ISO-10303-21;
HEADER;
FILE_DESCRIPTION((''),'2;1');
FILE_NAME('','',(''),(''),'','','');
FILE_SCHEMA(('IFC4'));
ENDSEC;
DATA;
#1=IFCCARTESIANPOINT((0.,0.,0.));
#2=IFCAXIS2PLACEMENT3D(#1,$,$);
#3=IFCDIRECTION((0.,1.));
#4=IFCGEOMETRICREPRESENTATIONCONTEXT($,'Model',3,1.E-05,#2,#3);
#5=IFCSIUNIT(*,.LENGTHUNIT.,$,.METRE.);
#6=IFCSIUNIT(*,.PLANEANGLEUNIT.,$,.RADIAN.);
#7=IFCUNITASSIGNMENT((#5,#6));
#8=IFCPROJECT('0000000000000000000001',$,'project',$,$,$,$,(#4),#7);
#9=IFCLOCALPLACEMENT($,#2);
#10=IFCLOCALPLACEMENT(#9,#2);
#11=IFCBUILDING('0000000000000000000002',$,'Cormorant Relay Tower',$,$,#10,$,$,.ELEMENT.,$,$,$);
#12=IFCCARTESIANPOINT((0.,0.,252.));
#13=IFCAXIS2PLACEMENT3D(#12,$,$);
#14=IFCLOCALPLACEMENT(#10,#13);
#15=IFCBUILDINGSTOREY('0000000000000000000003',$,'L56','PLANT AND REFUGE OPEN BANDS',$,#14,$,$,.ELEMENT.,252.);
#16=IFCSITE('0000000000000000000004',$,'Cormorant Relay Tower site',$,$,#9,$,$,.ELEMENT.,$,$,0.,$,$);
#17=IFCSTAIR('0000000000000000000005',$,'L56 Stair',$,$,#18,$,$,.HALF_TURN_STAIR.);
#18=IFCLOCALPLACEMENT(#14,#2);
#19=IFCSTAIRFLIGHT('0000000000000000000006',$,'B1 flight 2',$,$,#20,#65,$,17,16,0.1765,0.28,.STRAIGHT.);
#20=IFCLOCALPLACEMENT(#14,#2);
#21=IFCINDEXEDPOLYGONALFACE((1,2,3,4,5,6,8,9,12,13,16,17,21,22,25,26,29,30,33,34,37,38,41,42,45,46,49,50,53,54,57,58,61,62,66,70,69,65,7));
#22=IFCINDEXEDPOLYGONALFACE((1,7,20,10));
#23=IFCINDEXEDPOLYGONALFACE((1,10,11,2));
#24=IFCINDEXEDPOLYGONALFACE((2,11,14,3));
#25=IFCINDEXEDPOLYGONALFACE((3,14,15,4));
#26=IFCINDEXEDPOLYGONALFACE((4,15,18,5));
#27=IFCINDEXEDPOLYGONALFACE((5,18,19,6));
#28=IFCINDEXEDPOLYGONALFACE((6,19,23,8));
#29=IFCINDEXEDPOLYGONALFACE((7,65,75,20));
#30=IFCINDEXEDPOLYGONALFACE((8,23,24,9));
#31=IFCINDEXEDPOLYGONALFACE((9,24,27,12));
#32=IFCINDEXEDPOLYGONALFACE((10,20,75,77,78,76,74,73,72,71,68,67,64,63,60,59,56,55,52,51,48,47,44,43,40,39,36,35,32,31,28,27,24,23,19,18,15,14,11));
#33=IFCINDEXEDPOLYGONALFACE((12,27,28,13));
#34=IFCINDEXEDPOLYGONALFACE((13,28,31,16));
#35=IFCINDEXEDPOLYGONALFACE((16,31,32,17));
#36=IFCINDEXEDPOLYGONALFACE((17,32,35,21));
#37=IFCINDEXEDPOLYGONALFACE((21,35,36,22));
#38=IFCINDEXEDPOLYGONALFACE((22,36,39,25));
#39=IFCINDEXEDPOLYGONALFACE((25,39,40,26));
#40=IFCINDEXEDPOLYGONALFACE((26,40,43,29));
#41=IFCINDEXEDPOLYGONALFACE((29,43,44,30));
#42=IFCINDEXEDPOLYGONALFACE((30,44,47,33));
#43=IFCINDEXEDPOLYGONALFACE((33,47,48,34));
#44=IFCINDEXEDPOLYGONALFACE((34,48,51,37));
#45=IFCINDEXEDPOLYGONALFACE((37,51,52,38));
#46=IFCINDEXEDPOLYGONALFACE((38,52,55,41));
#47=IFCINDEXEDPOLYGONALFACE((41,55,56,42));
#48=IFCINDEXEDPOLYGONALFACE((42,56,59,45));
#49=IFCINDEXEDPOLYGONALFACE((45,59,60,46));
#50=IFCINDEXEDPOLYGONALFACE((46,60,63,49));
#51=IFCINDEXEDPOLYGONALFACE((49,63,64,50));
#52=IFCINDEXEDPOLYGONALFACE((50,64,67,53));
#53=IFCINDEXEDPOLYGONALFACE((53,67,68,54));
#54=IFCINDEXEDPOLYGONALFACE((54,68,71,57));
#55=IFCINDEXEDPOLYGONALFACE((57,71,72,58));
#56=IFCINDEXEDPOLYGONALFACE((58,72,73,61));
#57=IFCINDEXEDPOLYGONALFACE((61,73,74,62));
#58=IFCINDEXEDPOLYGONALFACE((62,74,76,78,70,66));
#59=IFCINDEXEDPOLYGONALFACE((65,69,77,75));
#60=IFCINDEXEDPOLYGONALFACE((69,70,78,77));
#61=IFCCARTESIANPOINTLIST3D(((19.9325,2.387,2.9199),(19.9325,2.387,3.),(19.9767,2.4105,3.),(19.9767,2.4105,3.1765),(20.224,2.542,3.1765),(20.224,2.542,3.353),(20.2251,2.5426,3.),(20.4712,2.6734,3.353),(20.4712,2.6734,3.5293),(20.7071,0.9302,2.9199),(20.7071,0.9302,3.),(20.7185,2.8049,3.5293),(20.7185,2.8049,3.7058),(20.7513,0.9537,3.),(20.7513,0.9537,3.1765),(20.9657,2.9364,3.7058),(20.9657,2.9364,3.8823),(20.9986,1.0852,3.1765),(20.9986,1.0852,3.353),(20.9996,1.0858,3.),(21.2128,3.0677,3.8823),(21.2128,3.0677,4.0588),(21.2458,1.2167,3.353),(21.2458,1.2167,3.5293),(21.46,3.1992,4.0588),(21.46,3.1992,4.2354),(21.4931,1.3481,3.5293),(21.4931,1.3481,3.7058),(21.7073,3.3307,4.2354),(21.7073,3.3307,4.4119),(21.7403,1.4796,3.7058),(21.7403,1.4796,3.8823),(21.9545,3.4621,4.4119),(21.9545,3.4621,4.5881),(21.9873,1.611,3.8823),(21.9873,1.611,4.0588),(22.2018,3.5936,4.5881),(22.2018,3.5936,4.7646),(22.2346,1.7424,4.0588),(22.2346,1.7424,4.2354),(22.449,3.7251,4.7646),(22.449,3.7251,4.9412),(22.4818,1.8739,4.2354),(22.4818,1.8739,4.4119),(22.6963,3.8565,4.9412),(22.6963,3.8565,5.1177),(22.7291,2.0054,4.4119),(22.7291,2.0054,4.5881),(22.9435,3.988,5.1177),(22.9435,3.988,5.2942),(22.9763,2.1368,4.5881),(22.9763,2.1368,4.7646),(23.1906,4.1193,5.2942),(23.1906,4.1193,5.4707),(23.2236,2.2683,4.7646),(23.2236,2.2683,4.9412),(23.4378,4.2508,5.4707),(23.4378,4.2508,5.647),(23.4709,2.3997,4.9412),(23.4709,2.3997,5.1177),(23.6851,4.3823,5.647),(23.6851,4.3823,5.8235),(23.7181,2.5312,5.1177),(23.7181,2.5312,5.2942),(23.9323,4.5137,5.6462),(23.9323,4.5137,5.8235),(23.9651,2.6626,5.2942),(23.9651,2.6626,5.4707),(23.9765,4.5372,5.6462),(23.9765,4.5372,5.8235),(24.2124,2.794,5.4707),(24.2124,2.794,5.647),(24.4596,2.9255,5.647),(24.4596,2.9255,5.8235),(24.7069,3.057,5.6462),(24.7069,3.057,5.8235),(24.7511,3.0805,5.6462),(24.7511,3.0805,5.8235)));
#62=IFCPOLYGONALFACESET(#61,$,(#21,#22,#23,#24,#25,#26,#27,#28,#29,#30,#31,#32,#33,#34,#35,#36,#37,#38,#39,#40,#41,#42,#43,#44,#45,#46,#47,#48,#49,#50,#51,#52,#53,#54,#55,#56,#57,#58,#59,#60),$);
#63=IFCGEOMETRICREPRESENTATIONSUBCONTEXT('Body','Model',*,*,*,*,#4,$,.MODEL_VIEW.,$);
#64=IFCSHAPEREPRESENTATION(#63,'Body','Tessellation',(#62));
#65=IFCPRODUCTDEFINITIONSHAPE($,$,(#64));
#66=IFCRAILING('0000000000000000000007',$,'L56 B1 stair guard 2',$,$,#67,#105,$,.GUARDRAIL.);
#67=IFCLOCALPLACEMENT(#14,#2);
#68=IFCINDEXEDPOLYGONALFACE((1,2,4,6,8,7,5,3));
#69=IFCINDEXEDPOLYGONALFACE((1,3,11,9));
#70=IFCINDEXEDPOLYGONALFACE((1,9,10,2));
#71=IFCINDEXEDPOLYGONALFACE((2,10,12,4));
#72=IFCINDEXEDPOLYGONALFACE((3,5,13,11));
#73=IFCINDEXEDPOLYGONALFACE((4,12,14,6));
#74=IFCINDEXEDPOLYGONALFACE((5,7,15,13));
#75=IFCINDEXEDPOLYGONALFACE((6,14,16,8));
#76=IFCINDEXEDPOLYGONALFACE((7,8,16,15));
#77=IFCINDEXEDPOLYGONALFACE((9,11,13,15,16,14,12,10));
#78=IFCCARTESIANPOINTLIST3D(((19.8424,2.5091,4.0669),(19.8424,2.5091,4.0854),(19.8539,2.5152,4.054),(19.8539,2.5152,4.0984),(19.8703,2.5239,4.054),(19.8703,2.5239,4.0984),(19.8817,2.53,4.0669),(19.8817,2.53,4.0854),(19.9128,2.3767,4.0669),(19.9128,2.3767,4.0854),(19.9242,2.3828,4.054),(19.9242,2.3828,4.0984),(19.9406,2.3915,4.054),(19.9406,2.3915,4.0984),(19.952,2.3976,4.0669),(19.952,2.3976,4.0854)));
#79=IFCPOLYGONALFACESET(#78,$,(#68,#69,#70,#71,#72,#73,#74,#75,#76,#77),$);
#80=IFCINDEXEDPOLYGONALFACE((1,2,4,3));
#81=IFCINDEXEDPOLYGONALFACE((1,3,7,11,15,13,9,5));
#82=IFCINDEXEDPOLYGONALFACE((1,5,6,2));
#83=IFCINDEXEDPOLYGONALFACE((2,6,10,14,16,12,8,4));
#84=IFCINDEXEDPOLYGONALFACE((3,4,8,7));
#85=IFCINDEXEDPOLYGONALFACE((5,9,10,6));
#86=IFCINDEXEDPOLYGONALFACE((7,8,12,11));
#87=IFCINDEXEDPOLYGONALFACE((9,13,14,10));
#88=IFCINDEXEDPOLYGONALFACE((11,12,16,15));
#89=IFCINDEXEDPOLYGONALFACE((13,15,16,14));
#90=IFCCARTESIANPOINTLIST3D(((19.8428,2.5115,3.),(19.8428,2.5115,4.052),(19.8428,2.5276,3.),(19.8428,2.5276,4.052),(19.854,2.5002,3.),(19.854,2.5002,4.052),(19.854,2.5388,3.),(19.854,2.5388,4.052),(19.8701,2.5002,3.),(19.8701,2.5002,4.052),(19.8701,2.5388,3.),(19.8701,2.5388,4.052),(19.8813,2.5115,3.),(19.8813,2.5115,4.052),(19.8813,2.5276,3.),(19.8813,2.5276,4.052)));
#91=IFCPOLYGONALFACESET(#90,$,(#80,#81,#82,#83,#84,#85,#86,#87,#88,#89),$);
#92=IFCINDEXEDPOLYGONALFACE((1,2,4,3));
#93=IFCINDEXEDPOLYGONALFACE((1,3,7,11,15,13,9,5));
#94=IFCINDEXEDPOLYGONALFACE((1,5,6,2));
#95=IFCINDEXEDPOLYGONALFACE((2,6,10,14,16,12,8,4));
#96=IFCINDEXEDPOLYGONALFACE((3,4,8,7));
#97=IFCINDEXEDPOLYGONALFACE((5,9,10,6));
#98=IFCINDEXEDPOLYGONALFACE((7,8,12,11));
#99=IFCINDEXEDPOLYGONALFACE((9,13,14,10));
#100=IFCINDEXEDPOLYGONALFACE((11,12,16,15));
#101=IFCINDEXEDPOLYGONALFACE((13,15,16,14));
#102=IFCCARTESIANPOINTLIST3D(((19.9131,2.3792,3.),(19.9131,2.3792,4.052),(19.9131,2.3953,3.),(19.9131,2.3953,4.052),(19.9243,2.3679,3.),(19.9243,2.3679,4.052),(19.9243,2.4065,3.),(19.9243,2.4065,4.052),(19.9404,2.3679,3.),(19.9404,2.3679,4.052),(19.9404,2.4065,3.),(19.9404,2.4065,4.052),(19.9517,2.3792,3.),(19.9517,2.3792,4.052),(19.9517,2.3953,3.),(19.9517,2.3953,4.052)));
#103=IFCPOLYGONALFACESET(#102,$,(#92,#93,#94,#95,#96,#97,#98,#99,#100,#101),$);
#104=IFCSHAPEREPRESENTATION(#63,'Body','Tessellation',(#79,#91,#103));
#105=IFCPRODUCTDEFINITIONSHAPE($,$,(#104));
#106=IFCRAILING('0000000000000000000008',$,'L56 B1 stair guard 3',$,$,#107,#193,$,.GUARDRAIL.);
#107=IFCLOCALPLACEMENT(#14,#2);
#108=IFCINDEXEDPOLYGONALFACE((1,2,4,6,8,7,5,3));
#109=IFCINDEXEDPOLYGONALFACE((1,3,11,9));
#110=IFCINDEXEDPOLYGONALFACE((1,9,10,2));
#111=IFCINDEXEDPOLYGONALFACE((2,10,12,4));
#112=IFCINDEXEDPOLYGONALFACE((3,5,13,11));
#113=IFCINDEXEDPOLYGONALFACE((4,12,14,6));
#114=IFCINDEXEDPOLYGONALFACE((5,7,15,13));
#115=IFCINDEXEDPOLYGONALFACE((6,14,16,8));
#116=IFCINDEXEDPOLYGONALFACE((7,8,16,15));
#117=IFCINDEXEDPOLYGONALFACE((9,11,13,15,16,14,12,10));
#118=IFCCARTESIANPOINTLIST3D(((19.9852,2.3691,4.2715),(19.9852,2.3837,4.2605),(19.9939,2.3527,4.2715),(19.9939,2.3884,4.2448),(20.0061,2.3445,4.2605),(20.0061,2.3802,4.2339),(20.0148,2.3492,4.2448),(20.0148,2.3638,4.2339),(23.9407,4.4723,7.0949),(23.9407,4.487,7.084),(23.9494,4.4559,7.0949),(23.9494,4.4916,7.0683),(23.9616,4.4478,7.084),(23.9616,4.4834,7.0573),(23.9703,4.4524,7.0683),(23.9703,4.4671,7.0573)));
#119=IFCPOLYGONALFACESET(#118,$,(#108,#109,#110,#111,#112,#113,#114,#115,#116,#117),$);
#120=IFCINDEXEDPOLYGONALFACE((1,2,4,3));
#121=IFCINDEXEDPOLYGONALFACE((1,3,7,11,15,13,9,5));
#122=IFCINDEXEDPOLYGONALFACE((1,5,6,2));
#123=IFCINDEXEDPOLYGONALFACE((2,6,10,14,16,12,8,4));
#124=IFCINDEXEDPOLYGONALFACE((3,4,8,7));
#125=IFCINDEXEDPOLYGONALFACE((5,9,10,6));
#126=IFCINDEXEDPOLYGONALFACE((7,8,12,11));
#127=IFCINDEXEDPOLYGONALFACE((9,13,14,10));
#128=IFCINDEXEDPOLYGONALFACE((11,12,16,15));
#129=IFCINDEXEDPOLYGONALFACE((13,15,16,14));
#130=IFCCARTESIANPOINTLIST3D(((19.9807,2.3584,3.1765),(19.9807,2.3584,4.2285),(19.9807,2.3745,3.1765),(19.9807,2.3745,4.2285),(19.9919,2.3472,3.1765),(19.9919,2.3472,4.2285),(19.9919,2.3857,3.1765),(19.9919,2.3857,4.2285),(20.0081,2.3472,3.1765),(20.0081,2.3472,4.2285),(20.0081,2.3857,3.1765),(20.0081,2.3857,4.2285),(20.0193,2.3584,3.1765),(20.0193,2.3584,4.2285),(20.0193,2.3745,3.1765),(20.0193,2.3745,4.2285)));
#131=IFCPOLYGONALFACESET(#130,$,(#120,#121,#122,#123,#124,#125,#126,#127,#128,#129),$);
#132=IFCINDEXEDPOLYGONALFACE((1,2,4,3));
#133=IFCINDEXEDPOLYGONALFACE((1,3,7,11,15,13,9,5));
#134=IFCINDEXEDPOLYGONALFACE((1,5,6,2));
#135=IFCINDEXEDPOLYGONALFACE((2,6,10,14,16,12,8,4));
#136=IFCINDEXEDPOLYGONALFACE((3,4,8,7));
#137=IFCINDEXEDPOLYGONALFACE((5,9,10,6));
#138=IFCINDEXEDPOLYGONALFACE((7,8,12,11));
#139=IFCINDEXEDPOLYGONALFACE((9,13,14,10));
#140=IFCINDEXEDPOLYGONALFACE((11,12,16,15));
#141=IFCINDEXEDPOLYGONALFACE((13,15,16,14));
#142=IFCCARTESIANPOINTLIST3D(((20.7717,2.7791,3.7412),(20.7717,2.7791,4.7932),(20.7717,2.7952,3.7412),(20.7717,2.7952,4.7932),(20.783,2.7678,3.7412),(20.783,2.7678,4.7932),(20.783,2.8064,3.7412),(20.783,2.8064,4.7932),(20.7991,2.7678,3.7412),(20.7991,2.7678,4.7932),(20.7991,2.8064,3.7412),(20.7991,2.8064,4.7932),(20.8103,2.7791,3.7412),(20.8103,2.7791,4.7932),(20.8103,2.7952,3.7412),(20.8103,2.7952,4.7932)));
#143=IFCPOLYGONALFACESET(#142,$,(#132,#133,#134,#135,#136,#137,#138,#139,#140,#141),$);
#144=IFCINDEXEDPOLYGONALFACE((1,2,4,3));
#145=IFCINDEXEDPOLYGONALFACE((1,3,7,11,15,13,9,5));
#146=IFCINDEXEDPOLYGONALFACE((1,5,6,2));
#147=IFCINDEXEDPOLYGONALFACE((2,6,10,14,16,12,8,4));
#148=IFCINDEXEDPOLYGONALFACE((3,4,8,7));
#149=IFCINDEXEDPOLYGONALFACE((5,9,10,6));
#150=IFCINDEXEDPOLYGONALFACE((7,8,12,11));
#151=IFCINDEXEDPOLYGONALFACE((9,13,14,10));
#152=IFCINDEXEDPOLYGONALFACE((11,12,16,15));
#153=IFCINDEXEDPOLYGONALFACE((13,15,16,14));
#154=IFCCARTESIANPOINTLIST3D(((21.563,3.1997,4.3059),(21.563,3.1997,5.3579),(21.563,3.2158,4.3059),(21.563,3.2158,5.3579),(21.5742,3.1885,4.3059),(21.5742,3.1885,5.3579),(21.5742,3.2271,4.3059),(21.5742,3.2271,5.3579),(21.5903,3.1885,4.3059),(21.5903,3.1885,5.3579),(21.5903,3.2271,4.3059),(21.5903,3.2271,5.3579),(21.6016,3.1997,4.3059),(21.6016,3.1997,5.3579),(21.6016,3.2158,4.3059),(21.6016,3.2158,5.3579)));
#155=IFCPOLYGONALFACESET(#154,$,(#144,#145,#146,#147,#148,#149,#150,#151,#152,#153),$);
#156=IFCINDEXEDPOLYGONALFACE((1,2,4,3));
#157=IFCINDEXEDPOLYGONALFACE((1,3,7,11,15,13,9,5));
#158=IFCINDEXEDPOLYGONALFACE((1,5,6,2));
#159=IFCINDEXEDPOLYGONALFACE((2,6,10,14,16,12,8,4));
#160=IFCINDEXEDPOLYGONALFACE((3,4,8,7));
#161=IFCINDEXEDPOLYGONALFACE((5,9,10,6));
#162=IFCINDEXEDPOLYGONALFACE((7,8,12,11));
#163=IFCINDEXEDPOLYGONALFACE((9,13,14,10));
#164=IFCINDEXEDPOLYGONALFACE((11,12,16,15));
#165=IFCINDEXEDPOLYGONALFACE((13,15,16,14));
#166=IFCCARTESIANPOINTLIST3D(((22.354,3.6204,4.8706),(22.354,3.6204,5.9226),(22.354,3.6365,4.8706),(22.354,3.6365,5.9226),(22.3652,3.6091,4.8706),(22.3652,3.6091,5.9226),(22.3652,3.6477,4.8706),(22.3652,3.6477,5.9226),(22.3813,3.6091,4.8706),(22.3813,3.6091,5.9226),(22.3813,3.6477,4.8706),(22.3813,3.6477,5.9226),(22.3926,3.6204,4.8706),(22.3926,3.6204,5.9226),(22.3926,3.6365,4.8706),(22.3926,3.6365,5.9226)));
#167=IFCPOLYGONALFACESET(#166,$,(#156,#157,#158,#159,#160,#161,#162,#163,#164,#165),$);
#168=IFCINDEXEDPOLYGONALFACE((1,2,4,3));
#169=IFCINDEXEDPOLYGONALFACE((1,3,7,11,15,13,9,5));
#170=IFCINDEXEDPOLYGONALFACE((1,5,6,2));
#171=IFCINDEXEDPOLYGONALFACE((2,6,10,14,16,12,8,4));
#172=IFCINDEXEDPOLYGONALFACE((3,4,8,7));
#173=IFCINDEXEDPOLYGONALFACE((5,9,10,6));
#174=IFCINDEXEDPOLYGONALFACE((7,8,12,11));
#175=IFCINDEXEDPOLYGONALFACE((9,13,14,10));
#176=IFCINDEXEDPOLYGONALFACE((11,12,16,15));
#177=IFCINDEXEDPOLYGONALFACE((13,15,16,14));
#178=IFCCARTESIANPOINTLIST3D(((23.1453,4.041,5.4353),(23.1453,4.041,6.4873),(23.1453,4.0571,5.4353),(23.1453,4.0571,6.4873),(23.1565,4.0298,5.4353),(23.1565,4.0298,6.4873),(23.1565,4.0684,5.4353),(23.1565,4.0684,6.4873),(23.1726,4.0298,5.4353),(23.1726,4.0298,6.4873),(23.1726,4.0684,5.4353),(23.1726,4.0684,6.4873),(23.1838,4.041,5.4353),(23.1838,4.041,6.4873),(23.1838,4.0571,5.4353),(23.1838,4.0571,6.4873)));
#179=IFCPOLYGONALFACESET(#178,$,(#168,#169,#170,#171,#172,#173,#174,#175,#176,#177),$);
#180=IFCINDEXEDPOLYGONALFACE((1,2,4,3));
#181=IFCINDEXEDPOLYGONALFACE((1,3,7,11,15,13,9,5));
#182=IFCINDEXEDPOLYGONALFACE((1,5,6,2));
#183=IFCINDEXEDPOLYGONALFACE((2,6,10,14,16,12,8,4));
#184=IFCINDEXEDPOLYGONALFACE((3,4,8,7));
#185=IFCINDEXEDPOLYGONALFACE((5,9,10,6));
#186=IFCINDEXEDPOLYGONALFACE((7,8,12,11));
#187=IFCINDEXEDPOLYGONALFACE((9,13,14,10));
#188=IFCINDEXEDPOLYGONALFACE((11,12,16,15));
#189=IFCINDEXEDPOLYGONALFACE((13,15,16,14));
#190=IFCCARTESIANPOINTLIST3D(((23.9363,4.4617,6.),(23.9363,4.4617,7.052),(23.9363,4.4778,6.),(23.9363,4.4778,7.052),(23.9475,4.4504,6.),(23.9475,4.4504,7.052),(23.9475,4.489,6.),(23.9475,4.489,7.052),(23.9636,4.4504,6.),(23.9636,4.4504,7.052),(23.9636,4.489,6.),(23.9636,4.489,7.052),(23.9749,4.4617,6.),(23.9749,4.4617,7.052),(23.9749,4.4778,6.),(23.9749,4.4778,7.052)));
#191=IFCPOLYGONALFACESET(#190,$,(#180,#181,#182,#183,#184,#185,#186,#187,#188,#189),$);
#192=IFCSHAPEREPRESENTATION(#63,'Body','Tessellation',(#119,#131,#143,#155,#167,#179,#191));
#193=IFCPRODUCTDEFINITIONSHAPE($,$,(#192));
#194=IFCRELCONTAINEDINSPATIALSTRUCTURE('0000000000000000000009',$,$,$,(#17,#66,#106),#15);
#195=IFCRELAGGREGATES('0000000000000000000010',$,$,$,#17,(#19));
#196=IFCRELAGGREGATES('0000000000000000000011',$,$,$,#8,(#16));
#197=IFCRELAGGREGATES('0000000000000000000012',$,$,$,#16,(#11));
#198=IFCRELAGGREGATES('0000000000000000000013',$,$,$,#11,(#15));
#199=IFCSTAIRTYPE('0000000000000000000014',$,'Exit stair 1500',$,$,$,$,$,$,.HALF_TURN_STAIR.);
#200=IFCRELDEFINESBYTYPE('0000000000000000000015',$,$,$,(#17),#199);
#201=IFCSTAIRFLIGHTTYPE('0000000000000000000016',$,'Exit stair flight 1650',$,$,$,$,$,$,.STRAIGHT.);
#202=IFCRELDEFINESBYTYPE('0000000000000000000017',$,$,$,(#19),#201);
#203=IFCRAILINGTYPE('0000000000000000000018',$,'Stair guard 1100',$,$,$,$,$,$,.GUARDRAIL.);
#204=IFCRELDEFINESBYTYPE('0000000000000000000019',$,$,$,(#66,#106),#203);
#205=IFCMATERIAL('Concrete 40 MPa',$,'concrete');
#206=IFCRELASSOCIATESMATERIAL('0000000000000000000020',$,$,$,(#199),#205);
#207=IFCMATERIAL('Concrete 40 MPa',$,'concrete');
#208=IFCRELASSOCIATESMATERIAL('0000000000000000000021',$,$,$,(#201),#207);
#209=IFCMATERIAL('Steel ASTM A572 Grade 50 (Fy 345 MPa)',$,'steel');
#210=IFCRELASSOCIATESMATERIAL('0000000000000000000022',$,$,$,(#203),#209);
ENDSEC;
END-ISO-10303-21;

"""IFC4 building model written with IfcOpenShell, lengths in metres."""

from ifc_helpers import new_model, si_unit, direction, frame, origin, place, context, subcontext, project, spatial, polyline, outline, extrude, material, type_object, element, aggregate, save


model = new_model("IFC4")

# Units and contexts
model_context = context("Model", 3, precision=1e-05, world=origin(), true_north=direction((0.0, 1.0)))
body_context = subcontext(model_context, "Body", "Model", "MODEL_VIEW")
ifc_project = project(units=[si_unit("LENGTHUNIT", "METRE"), si_unit("PLANEANGLEUNIT", "RADIAN")], contexts=[model_context])

# Site, building, storey
site_placement = place(None, origin())
site = spatial("IfcSite", under=ifc_project, at=site_placement, Name="Cormorant Relay Tower site", CompositionType="ELEMENT", RefElevation=0.0)
building_placement = place(site_placement, origin())
building = spatial("IfcBuilding", under=site, at=building_placement, Name="Cormorant Relay Tower", CompositionType="ELEMENT")
storey_placement = place(building_placement, frame((0.0, 0.0, 252.0)))
storey = spatial("IfcBuildingStorey", under=building, at=storey_placement, Name="L56", Description="PLANT AND REFUGE OPEN BANDS", CompositionType="ELEMENT", Elevation=252.0)

# Stair, stair flight
ifc_material_1 = material(Name="Concrete 40 MPa", Category="concrete")
stair_type_1 = type_object("IfcStairType", Name="Exit stair 1500", PredefinedType="HALF_TURN_STAIR", material=ifc_material_1)
stair_1_placement = place(storey_placement, origin())
stair_1 = element("IfcStair", 1, at=stair_1_placement, inside=storey, type_object=stair_type_1, Name="L56 Stair", PredefinedType="HALF_TURN_STAIR")
ifc_material_2 = material(Name="Concrete 40 MPa", Category="concrete")
stair_flight_type = type_object("IfcStairFlightType", Name="Exit stair flight 1650", PredefinedType="STRAIGHT", material=ifc_material_2)
stair_flight_placement = place(storey_placement, frame((20.364, 1.6821, 3.0), z_axis=(0.0, 0.0, 1.0), x_axis=(0.882948, 0.469472, 0.0)))
stair_flight = element("IfcStairFlight", 2, at=stair_flight_placement, type_object=stair_flight_type, Name="B1 flight 2", NumberOfRisers=17, NumberOfTreads=16, PredefinedType="STRAIGHT", RiserHeight=0.1765, TreadLength=0.28, context=body_context, shape_type="SweptSolid", body=[
    extrude(outline(polyline([(-0.05, -0.0801), (-0.05, 0.0), (0.0, 0.0), (0.0, 0.1765), (0.28, 0.1765), (0.28, 0.353), (0.5601, 0.353), (0.5601, 0.5293), (0.8401, 0.5293), (0.8401, 0.7058), (1.1201, 0.7058), (1.1201, 0.8823), (1.3999, 0.8823), (1.3999, 1.0588), (1.6799, 1.0588), (1.6799, 1.2354), (1.96, 1.2354), (1.96, 1.4119), (2.24, 1.4119), (2.24, 1.5881), (2.52, 1.5881), (2.52, 1.7646), (2.8, 1.7646), (2.8, 1.9412), (3.0801, 1.9412), (3.0801, 2.1177), (3.3601, 2.1177), (3.3601, 2.2942), (3.6399, 2.2942), (3.6399, 2.4707), (3.9199, 2.4707), (3.9199, 2.647), (4.2, 2.647), (4.2, 2.8235), (4.48, 2.8235), (4.53, 2.8235), (4.53, 2.6462), (4.48, 2.6462), (0.2812, 0.0), (-0.05, -0.0801)])), frame((0.0, 0.825, 0.0), z_axis=(0.0, -1.0, 0.0), x_axis=(1.0, 0.0, 0.0)), (0.0, 0.0, 1.0), 1.6499),
])
aggregate(stair_1, [stair_flight])

# Railings
ifc_material_3 = material(Name="Steel ASTM A572 Grade 50 (Fy 345 MPa)", Category="steel")
railing_type_1 = type_object("IfcRailingType", Name="Stair guard 1100", PredefinedType="GUARDRAIL", material=ifc_material_3)
railing_1_placement = place(storey_placement, frame((19.8621, 2.5195, 3.0)))
element("IfcRailing", 3, at=railing_1_placement, inside=storey, type_object=railing_type_1, Name="L56 B1 stair guard 2", PredefinedType="GUARDRAIL", context=body_context, shape_type="SweptSolid", body=[
    extrude(outline(polyline([(0.0222, 0.0093), (0.0093, 0.0222), (-0.0093, 0.0222), (-0.0222, 0.0093), (-0.0222, -0.0093), (-0.0093, -0.0222), (0.0093, -0.0222), (0.0222, -0.0093), (0.0222, 0.0093)])), frame((0.0, 0.0, 1.0762), z_axis=(0.469235, -0.883074, 0.0), x_axis=(0.883074, 0.469235, 0.0)), (0.0, 0.0, 1.0), 0.1499),
    extrude(outline(polyline([(0.0193, 0.0081), (0.0081, 0.0193), (-0.0081, 0.0193), (-0.0193, 0.0081), (-0.0193, -0.0081), (-0.0081, -0.0193), (0.0081, -0.0193), (0.0193, -0.0081), (0.0193, 0.0081)])), origin(), (0.0, 0.0, 1.0), 1.052),
    extrude(outline(polyline([(0.0193, 0.0081), (0.0081, 0.0193), (-0.0081, 0.0193), (-0.0193, 0.0081), (-0.0193, -0.0081), (-0.0081, -0.0193), (0.0081, -0.0193), (0.0193, -0.0081), (0.0193, 0.0081)])), frame((0.0703, -0.1323, 0.0)), (0.0, 0.0, 1.0), 1.052),
])
railing_2_placement = place(storey_placement, frame((20.0, 2.3665, 3.1765)))
element("IfcRailing", 4, at=railing_2_placement, inside=storey, type_object=railing_type_1, Name="L56 B1 stair guard 3", PredefinedType="GUARDRAIL", context=body_context, shape_type="SweptSolid", body=[
    extrude(outline(polyline([(0.0222, 0.0093), (0.0093, 0.0222), (-0.0093, 0.0222), (-0.0222, 0.0093), (-0.0222, -0.0093), (-0.0093, -0.0222), (0.0093, -0.0222), (0.0222, -0.0093), (0.0222, 0.0093)])), frame((0.0, 0.0, 1.0762), z_axis=(0.746967, 0.397181, 0.533186), x_axis=(-0.469482, 0.882942, 0.0)), (0.0, 0.0, 1.0), 5.2954),
    extrude(outline(polyline([(0.0193, 0.0081), (0.0081, 0.0193), (-0.0081, 0.0193), (-0.0193, 0.0081), (-0.0193, -0.0081), (-0.0081, -0.0193), (0.0081, -0.0193), (0.0193, -0.0081), (0.0193, 0.0081)])), origin(), (0.0, 0.0, 1.0), 1.052),
    extrude(outline(polyline([(0.0193, 0.0081), (0.0081, 0.0193), (-0.0081, 0.0193), (-0.0193, 0.0081), (-0.0193, -0.0081), (-0.0081, -0.0193), (0.0081, -0.0193), (0.0193, -0.0081), (0.0193, 0.0081)])), frame((0.791, 0.4207, 0.5647)), (0.0, 0.0, 1.0), 1.052),
    extrude(outline(polyline([(0.0193, 0.0081), (0.0081, 0.0193), (-0.0081, 0.0193), (-0.0193, 0.0081), (-0.0193, -0.0081), (-0.0081, -0.0193), (0.0081, -0.0193), (0.0193, -0.0081), (0.0193, 0.0081)])), frame((1.5823, 0.8413, 1.1294)), (0.0, 0.0, 1.0), 1.052),
    extrude(outline(polyline([(0.0193, 0.0081), (0.0081, 0.0193), (-0.0081, 0.0193), (-0.0193, 0.0081), (-0.0193, -0.0081), (-0.0081, -0.0193), (0.0081, -0.0193), (0.0193, -0.0081), (0.0193, 0.0081)])), frame((2.3733, 1.262, 1.6941)), (0.0, 0.0, 1.0), 1.052),
    extrude(outline(polyline([(0.0193, 0.0081), (0.0081, 0.0193), (-0.0081, 0.0193), (-0.0193, 0.0081), (-0.0193, -0.0081), (-0.0081, -0.0193), (0.0081, -0.0193), (0.0193, -0.0081), (0.0193, 0.0081)])), frame((3.1646, 1.6826, 2.2588)), (0.0, 0.0, 1.0), 1.052),
    extrude(outline(polyline([(0.0193, 0.0081), (0.0081, 0.0193), (-0.0081, 0.0193), (-0.0193, 0.0081), (-0.0193, -0.0081), (-0.0081, -0.0193), (0.0081, -0.0193), (0.0193, -0.0081), (0.0193, 0.0081)])), frame((3.9556, 2.1033, 2.8235)), (0.0, 0.0, 1.0), 1.052),
])

save(model, "model.ifc")
